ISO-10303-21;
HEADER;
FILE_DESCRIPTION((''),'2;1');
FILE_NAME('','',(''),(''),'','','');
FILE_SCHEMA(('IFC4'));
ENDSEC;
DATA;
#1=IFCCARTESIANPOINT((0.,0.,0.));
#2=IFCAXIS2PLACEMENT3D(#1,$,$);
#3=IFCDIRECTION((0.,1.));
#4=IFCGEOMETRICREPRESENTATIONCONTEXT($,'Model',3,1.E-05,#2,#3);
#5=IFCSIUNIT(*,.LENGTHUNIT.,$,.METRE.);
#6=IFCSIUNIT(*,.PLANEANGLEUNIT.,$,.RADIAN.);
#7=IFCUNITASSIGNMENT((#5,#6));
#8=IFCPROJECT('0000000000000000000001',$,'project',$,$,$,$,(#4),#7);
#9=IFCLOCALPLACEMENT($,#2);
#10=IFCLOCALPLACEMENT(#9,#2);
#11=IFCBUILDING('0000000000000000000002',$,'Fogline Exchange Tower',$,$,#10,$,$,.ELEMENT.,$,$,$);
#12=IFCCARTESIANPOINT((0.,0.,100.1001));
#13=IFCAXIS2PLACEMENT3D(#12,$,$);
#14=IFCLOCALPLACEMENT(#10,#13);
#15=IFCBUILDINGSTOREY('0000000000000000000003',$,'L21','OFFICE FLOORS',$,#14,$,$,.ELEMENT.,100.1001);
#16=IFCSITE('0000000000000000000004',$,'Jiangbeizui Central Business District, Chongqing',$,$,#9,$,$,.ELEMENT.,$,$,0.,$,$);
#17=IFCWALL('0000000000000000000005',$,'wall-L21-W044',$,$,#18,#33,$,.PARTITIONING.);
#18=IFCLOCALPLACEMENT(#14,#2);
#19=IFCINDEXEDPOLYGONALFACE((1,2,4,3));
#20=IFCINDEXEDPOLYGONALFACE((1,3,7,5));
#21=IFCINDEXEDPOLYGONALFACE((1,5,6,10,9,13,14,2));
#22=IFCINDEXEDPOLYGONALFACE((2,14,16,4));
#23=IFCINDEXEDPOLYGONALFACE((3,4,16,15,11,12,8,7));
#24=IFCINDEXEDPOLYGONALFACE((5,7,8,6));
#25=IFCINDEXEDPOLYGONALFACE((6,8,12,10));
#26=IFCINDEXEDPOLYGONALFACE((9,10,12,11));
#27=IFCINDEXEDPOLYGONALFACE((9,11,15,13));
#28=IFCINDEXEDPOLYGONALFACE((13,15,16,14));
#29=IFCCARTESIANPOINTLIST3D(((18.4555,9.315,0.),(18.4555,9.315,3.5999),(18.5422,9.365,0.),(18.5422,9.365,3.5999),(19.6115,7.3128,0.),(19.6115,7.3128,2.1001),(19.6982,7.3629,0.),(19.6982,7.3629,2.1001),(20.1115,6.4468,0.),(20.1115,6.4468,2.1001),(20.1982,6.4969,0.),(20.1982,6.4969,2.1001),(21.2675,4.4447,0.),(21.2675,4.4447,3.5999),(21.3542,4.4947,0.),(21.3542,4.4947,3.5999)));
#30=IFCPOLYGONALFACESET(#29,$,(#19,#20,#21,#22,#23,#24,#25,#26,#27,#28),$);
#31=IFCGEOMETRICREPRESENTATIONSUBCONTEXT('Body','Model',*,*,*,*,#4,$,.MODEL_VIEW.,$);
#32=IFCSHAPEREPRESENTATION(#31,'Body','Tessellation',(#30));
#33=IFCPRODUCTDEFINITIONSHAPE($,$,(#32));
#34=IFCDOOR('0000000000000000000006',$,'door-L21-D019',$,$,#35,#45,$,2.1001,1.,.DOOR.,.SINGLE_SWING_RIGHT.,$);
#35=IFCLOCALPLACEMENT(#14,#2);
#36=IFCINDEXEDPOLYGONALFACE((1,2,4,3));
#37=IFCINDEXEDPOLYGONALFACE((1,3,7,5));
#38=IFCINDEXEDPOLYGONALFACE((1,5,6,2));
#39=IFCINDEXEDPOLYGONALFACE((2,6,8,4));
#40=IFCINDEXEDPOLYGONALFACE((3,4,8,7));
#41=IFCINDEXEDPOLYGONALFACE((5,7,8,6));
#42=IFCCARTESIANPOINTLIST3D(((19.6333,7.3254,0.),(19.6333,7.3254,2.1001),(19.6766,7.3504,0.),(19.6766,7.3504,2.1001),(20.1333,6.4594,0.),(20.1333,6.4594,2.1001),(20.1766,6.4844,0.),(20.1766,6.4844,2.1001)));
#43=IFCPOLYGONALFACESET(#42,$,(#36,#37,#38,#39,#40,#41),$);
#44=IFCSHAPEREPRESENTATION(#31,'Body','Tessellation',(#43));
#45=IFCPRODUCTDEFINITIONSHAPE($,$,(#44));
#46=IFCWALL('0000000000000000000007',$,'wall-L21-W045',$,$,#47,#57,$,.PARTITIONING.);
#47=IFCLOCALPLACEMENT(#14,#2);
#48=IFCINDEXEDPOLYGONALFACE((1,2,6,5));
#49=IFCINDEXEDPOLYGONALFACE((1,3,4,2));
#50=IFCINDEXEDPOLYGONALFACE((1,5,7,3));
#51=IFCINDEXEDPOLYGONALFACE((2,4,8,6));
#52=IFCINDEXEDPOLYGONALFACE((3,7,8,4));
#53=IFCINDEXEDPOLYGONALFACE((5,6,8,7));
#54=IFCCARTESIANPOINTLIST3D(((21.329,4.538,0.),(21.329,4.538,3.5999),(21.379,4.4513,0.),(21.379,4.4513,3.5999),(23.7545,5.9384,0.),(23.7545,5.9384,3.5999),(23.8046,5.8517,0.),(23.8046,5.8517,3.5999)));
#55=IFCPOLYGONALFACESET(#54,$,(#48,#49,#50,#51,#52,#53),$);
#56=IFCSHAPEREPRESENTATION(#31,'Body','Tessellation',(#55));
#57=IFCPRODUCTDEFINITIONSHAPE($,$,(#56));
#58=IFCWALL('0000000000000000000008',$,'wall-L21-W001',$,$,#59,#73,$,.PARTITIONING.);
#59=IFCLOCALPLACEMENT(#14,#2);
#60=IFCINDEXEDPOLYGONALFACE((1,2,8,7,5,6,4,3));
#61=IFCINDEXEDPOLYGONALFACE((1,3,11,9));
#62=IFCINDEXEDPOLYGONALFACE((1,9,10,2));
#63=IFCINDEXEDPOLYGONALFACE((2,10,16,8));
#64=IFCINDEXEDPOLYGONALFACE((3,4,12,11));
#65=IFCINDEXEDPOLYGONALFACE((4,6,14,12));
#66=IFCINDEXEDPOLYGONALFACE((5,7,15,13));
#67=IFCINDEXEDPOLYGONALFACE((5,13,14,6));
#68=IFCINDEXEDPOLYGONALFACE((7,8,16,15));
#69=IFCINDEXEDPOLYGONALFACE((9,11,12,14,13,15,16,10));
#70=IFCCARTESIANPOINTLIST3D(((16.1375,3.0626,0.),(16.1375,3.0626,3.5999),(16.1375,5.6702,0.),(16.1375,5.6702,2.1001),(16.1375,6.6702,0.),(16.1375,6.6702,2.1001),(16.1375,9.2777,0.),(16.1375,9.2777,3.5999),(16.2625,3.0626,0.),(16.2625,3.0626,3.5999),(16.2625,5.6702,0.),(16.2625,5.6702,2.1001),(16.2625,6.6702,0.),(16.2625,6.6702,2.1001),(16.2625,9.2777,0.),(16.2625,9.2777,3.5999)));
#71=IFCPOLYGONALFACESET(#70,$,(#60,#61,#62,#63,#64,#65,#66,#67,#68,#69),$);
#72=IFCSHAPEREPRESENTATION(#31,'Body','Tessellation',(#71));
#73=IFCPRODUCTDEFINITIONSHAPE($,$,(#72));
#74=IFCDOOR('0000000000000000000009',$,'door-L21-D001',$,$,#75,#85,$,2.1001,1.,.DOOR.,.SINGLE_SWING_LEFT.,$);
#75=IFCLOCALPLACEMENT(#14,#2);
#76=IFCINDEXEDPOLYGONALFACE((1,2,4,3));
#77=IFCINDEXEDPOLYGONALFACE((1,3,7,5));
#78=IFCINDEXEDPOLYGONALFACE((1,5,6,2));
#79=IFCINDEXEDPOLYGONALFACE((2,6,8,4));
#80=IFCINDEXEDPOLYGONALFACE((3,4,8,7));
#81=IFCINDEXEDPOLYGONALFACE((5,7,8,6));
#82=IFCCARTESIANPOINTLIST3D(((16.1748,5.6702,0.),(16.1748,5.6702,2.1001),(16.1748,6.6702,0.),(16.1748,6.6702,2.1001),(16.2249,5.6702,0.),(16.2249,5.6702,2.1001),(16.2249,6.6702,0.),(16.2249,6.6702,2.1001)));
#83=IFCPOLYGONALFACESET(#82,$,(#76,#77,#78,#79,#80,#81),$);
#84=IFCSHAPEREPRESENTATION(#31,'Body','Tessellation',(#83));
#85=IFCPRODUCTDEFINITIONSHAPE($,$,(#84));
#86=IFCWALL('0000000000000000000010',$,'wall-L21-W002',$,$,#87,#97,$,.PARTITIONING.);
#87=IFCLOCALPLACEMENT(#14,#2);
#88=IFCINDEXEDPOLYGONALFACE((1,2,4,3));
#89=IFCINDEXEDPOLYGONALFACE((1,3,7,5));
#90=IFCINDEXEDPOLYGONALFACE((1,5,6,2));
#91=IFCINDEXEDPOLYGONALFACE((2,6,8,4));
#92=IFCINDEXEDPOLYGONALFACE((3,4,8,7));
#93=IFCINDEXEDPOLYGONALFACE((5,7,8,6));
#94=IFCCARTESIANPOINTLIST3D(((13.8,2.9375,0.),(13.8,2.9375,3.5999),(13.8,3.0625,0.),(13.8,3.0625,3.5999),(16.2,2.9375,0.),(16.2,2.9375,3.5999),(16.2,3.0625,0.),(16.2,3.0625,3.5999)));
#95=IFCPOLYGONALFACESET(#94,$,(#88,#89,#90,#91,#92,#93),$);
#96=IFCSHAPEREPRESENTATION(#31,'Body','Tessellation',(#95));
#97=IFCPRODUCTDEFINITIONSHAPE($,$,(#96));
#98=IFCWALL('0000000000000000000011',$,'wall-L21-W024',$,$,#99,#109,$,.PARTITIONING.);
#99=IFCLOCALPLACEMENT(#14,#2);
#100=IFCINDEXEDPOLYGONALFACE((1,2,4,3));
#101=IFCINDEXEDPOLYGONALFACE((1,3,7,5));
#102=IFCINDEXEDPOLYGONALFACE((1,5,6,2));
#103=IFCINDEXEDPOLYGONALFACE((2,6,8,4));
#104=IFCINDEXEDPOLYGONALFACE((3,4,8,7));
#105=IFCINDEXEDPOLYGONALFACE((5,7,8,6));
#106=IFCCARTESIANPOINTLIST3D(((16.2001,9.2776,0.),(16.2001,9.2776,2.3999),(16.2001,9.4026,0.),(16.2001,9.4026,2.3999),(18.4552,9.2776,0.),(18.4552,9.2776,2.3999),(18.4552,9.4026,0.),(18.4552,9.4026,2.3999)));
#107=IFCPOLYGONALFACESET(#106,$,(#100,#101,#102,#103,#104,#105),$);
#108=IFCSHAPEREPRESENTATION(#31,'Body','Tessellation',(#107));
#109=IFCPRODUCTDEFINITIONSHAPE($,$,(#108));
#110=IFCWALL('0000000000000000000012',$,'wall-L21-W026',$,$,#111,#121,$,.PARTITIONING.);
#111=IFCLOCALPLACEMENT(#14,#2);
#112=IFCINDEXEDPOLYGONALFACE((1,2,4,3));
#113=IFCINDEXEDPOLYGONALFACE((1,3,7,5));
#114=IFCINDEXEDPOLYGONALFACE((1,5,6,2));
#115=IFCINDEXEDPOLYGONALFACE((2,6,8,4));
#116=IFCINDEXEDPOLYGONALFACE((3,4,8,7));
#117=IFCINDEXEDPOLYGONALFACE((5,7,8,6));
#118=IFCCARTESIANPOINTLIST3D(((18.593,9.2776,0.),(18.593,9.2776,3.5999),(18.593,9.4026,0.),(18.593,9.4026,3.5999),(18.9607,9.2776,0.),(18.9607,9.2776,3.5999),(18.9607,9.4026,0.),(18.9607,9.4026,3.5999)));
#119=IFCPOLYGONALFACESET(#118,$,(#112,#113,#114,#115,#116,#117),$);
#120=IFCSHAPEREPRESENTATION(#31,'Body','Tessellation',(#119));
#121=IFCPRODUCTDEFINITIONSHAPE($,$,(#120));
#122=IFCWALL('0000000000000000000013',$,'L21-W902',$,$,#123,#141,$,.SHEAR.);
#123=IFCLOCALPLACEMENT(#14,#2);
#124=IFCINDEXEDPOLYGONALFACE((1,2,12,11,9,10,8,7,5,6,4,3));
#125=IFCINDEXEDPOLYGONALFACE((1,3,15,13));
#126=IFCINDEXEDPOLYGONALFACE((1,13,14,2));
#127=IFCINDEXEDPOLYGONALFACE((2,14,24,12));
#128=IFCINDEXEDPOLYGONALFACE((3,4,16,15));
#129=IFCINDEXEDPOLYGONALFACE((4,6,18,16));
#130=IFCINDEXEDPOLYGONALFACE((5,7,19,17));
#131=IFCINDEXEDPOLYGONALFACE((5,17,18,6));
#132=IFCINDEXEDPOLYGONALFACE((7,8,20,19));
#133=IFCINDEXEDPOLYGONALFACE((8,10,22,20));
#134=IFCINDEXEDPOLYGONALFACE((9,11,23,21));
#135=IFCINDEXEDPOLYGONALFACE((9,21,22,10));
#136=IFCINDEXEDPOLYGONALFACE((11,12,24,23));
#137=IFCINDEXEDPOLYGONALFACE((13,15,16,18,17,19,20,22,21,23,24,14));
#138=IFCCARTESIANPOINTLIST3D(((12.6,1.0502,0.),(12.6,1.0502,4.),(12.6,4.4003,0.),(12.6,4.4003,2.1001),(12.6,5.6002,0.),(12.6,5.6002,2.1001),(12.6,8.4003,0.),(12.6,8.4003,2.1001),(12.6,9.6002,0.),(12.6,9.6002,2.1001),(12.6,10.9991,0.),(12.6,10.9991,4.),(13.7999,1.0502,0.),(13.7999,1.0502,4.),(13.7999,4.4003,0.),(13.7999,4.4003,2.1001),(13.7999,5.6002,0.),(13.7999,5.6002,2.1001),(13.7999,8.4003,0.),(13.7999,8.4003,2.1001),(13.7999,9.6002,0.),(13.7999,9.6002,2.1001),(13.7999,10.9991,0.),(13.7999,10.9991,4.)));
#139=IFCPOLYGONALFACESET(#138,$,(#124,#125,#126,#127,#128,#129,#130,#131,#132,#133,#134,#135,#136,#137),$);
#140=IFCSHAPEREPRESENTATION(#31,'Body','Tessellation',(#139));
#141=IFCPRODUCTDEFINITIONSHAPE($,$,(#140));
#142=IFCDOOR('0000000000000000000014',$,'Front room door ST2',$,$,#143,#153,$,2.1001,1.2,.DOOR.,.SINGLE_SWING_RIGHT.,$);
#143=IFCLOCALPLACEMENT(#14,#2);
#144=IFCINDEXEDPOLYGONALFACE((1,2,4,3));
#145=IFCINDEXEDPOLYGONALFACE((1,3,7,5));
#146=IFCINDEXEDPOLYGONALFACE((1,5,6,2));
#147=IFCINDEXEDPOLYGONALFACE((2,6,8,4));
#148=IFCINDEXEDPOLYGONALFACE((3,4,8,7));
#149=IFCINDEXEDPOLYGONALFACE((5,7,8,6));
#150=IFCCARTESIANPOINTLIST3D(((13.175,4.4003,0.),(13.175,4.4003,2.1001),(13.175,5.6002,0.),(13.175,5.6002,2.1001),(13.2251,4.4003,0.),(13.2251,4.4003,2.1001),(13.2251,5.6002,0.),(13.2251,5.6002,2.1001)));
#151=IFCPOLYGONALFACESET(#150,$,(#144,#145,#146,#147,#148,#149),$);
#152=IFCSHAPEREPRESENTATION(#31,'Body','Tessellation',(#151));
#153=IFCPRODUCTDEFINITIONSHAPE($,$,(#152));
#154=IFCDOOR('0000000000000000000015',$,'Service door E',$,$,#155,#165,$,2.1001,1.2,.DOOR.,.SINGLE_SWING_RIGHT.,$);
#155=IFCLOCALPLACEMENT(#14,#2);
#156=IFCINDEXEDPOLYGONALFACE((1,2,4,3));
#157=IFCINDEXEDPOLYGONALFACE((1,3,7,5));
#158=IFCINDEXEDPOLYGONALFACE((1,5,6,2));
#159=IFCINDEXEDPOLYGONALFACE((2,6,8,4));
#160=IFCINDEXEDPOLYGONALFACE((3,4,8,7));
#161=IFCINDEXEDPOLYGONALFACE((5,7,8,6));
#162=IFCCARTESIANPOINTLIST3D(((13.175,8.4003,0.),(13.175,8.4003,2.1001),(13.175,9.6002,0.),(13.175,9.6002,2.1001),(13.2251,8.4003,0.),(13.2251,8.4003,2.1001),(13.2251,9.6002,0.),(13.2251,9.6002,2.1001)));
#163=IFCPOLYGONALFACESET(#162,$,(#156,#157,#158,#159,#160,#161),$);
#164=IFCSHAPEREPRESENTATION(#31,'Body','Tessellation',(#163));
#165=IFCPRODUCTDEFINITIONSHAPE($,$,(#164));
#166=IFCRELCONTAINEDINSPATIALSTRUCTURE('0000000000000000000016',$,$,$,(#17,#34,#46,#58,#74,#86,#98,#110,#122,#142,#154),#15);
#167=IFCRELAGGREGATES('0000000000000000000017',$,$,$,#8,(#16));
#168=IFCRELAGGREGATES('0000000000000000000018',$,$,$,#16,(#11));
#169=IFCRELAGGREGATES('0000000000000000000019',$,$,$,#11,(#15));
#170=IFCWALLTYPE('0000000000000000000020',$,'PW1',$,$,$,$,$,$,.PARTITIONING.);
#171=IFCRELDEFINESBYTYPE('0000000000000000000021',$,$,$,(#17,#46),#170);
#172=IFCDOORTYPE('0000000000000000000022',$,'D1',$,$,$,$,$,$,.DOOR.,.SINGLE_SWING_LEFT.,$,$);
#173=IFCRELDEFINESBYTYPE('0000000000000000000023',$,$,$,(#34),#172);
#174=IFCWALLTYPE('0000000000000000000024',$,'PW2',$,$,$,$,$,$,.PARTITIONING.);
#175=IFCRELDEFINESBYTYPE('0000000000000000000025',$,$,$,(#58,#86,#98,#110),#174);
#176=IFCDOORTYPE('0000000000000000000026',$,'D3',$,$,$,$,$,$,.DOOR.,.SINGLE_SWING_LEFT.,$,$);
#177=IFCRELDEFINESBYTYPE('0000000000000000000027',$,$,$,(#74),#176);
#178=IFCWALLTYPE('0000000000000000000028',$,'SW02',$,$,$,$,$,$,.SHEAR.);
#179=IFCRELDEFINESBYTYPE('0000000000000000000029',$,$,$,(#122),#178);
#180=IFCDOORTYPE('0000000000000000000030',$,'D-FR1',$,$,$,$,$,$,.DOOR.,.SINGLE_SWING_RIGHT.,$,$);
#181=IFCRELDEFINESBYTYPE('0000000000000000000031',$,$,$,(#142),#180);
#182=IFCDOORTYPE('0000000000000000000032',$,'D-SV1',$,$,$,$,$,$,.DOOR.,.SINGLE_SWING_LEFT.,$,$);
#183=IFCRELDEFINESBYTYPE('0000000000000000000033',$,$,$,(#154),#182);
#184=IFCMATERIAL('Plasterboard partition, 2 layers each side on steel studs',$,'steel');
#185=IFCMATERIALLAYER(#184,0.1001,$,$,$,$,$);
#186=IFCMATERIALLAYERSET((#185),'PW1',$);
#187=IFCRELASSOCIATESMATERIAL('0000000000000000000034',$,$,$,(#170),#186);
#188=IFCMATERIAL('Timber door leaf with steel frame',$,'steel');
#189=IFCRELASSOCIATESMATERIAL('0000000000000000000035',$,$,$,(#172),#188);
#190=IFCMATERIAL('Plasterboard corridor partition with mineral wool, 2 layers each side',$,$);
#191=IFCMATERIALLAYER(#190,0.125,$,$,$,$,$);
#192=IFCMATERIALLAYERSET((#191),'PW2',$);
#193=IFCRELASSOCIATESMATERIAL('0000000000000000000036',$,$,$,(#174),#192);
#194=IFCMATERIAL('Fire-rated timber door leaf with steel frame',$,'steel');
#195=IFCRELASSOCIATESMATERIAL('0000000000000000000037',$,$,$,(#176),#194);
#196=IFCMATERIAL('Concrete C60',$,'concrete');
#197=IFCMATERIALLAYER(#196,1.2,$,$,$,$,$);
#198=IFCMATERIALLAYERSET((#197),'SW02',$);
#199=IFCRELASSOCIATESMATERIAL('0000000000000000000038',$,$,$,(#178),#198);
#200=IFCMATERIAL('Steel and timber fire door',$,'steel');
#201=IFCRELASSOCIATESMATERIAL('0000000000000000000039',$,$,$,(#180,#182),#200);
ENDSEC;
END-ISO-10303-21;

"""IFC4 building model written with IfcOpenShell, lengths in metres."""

from ifc_helpers import new_model, si_unit, direction, frame, frame_2d, origin, place, context, subcontext, project, spatial, rectangle, extrude, material, layer, layer_set, type_object, element, fill, save


model = new_model("IFC4")

# Units and contexts
model_context = context("Model", 3, precision=1e-05, world=origin(), true_north=direction((0.0, 1.0)))
body_context = subcontext(model_context, "Body", "Model", "MODEL_VIEW")
ifc_project = project(units=[si_unit("LENGTHUNIT", "METRE"), si_unit("PLANEANGLEUNIT", "RADIAN")], contexts=[model_context])

# Site, building, storey
site_placement = place(None, origin())
site = spatial("IfcSite", under=ifc_project, at=site_placement, Name="Jiangbeizui Central Business District, Chongqing", CompositionType="ELEMENT", RefElevation=0.0)
building_placement = place(site_placement, origin())
building = spatial("IfcBuilding", under=site, at=building_placement, Name="Fogline Exchange Tower", CompositionType="ELEMENT")
storey_placement = place(building_placement, frame((0.0, 0.0, 100.1001)))
storey = spatial("IfcBuildingStorey", under=building, at=storey_placement, Name="L21", Description="OFFICE FLOORS", CompositionType="ELEMENT", Elevation=100.1001)

# Shared definitions
ifc_material_1 = material(Name="Steel and timber fire door", Category="steel")

# Wall, opening, door
ifc_material_2 = material(Name="Plasterboard partition, 2 layers each side on steel studs", Category="steel")
ifc_layer_1 = layer(ifc_material_2, 0.1001)
ifc_layer_set_1 = layer_set([ifc_layer_1], Name="PW1")
wall_type_1 = type_object("IfcWallType", Name="PW1", PredefinedType="PARTITIONING", material=ifc_layer_set_1)
wall_1_placement = place(storey_placement, frame((18.4988, 9.3401, 0.0), z_axis=(0.0, 0.0, 1.0), x_axis=(0.500014, -0.866017, 0.0)))
wall_1 = element("IfcWall", 1, at=wall_1_placement, inside=storey, type_object=wall_type_1, Name="wall-L21-W044", PredefinedType="PARTITIONING", context=body_context, shape_type="SweptSolid", body=[
    extrude(rectangle(XDim=5.6238, YDim=0.1001, at=frame_2d((2.812, 0.0))), origin(), (0.0, 0.0, 1.0), 3.5999),
])
opening_1_placement = place(wall_1_placement, frame((2.312, 0.0, 0.0)))
opening_1 = element("IfcOpeningElement", 2, at=opening_1_placement, cuts=wall_1, PredefinedType="OPENING", context=body_context, shape_type="SweptSolid", body=[
    extrude(rectangle(XDim=1.0, YDim=2.1001, at=frame_2d((0.5, 1.05))), frame((0.0, 0.0601, 0.0), z_axis=(0.0, -1.0, 0.0), x_axis=(1.0, 0.0, 0.0)), (0.0, 0.0, 1.0), 0.1201),
])
ifc_material_3 = material(Name="Timber door leaf with steel frame", Category="steel")
door_type_1 = type_object("IfcDoorType", Name="D1", OperationType="SINGLE_SWING_LEFT", PredefinedType="DOOR", material=ifc_material_3)
door_1_placement = place(opening_1_placement, frame((1.0, 0.0, 0.0), z_axis=(0.0, 0.0, 1.0), x_axis=(-1.0, 0.0, 0.0)))
door_1 = element("IfcDoor", 3, at=door_1_placement, inside=storey, type_object=door_type_1, Name="door-L21-D019", OperationType="SINGLE_SWING_RIGHT", OverallHeight=2.1001, OverallWidth=1.0, PredefinedType="DOOR", context=body_context, shape_type="SweptSolid", body=[
    extrude(rectangle(XDim=1.0, YDim=2.1001, at=frame_2d((0.5, 1.05))), frame((0.0, 0.0249, 0.0), z_axis=(0.0, -1.0, 0.0), x_axis=(1.0, 0.0, 0.0)), (0.0, 0.0, 1.0), 0.05),
])
fill(opening_1, door_1)

# Wall
wall_2_placement = place(storey_placement, frame((21.354, 4.4946, 0.0), z_axis=(0.0, 0.0, 1.0), x_axis=(0.866024, 0.500002, 0.0)))
element("IfcWall", 4, at=wall_2_placement, inside=storey, type_object=wall_type_1, Name="wall-L21-W045", PredefinedType="PARTITIONING", context=body_context, shape_type="SweptSolid", body=[
    extrude(rectangle(XDim=2.8008, YDim=0.1001, at=frame_2d((1.4004, 0.0))), origin(), (0.0, 0.0, 1.0), 3.5999),
])

# Wall, opening, door
ifc_material_4 = material(Name="Plasterboard corridor partition with mineral wool, 2 layers each side")
ifc_layer_2 = layer(ifc_material_4, 0.125)
ifc_layer_set_2 = layer_set([ifc_layer_2], Name="PW2")
wall_type_2 = type_object("IfcWallType", Name="PW2", PredefinedType="PARTITIONING", material=ifc_layer_set_2)
wall_3_placement = place(storey_placement, frame((16.2, 9.2776, 0.0), z_axis=(0.0, 0.0, 1.0), x_axis=(0.0, -1.0, 0.0)))
wall_3 = element("IfcWall", 5, at=wall_3_placement, inside=storey, type_object=wall_type_2, Name="wall-L21-W001", PredefinedType="PARTITIONING", context=body_context, shape_type="SweptSolid", body=[
    extrude(rectangle(XDim=6.2151, YDim=0.125, at=frame_2d((3.1074, 0.0))), origin(), (0.0, 0.0, 1.0), 3.5999),
])
opening_2_placement = place(wall_3_placement, frame((2.6074, 0.0, 0.0)))
opening_2 = element("IfcOpeningElement", 6, at=opening_2_placement, cuts=wall_3, PredefinedType="OPENING", context=body_context, shape_type="SweptSolid", body=[
    extrude(rectangle(XDim=1.0, YDim=2.1001, at=frame_2d((0.5, 1.05))), frame((0.0, 0.0725, 0.0), z_axis=(0.0, -1.0, 0.0), x_axis=(1.0, 0.0, 0.0)), (0.0, 0.0, 1.0), 0.145),
])
ifc_material_5 = material(Name="Fire-rated timber door leaf with steel frame", Category="steel")
door_type_2 = type_object("IfcDoorType", Name="D3", OperationType="SINGLE_SWING_LEFT", PredefinedType="DOOR", material=ifc_material_5)
door_2_placement = place(opening_2_placement, origin())
door_2 = element("IfcDoor", 7, at=door_2_placement, inside=storey, type_object=door_type_2, Name="door-L21-D001", OperationType="SINGLE_SWING_LEFT", OverallHeight=2.1001, OverallWidth=1.0, PredefinedType="DOOR", context=body_context, shape_type="SweptSolid", body=[
    extrude(rectangle(XDim=1.0, YDim=2.1001, at=frame_2d((0.5, 1.05))), frame((0.0, 0.0249, 0.0), z_axis=(0.0, -1.0, 0.0), x_axis=(1.0, 0.0, 0.0)), (0.0, 0.0, 1.0), 0.05),
])
fill(opening_2, door_2)

# Walls
wall_4_placement = place(storey_placement, frame((16.2, 3.0, 0.0), z_axis=(0.0, 0.0, 1.0), x_axis=(-1.0, 0.0, 0.0)))
element("IfcWall", 8, at=wall_4_placement, inside=storey, type_object=wall_type_2, Name="wall-L21-W002", PredefinedType="PARTITIONING", context=body_context, shape_type="SweptSolid", body=[
    extrude(rectangle(XDim=2.3999, YDim=0.125, at=frame_2d((1.2, 0.0))), origin(), (0.0, 0.0, 1.0), 3.5999),
])
wall_5_placement = place(storey_placement, frame((18.4551, 9.3401, 0.0), z_axis=(0.0, 0.0, 1.0), x_axis=(-1.0, 0.0, 0.0)))
element("IfcWall", 9, at=wall_5_placement, inside=storey, type_object=wall_type_2, Name="wall-L21-W024", PredefinedType="PARTITIONING", context=body_context, shape_type="SweptSolid", body=[
    extrude(rectangle(XDim=2.2551, YDim=0.125, at=frame_2d((1.1274, 0.0))), origin(), (0.0, 0.0, 1.0), 2.3999),
])
wall_6_placement = place(storey_placement, frame((18.9607, 9.3401, 0.0), z_axis=(0.0, 0.0, 1.0), x_axis=(-1.0, 0.0, 0.0)))
element("IfcWall", 10, at=wall_6_placement, inside=storey, type_object=wall_type_2, Name="wall-L21-W026", PredefinedType="PARTITIONING", context=body_context, shape_type="SweptSolid", body=[
    extrude(rectangle(XDim=0.3677, YDim=0.125, at=frame_2d((0.1838, 0.0))), origin(), (0.0, 0.0, 1.0), 3.5999),
])

# Wall, openings, doors
ifc_material_6 = material(Name="Concrete C60", Category="concrete")
ifc_layer_3 = layer(ifc_material_6, 1.2)
ifc_layer_set_3 = layer_set([ifc_layer_3], Name="SW02")
wall_type_3 = type_object("IfcWallType", Name="SW02", PredefinedType="SHEAR", material=ifc_layer_set_3)
wall_7_placement = place(storey_placement, frame((13.2, 1.05, 0.0), z_axis=(0.0, 0.0, 1.0), x_axis=(0.0, 1.0, 0.0)))
wall_7 = element("IfcWall", 11, at=wall_7_placement, inside=storey, type_object=wall_type_3, Name="L21-W902", PredefinedType="SHEAR", context=body_context, shape_type="SweptSolid", body=[
    extrude(rectangle(XDim=9.949, YDim=1.2, at=frame_2d((4.9746, 0.0))), origin(), (0.0, 0.0, 1.0), 4.0),
])
opening_3_placement = place(wall_7_placement, frame((3.3501, 0.0, 0.0)))
opening_3 = element("IfcOpeningElement", 12, at=opening_3_placement, cuts=wall_7, PredefinedType="OPENING", context=body_context, shape_type="SweptSolid", body=[
    extrude(rectangle(XDim=1.2, YDim=2.1001, at=frame_2d((0.6001, 1.05))), frame((0.0, 0.6099, 0.0), z_axis=(0.0, -1.0, 0.0), x_axis=(1.0, 0.0, 0.0)), (0.0, 0.0, 1.0), 1.22),
])
opening_4_placement = place(wall_7_placement, frame((7.3501, 0.0, 0.0)))
opening_4 = element("IfcOpeningElement", 13, at=opening_4_placement, cuts=wall_7, PredefinedType="OPENING", context=body_context, shape_type="SweptSolid", body=[
    extrude(rectangle(XDim=1.2, YDim=2.1001, at=frame_2d((0.6001, 1.05))), frame((0.0, 0.6099, 0.0), z_axis=(0.0, -1.0, 0.0), x_axis=(1.0, 0.0, 0.0)), (0.0, 0.0, 1.0), 1.22),
])
door_type_3 = type_object("IfcDoorType", Name="D-FR1", OperationType="SINGLE_SWING_RIGHT", PredefinedType="DOOR", material=ifc_material_1)
door_3_placement = place(opening_3_placement, origin())
door_3 = element("IfcDoor", 14, at=door_3_placement, inside=storey, type_object=door_type_3, Name="Front room door ST2", OperationType="SINGLE_SWING_RIGHT", OverallHeight=2.1001, OverallWidth=1.2, PredefinedType="DOOR", context=body_context, shape_type="SweptSolid", body=[
    extrude(rectangle(XDim=1.2, YDim=2.1001, at=frame_2d((0.6001, 1.05))), frame((0.0, 0.0249, 0.0), z_axis=(0.0, -1.0, 0.0), x_axis=(1.0, 0.0, 0.0)), (0.0, 0.0, 1.0), 0.05),
])
fill(opening_3, door_3)
door_type_4 = type_object("IfcDoorType", Name="D-SV1", OperationType="SINGLE_SWING_LEFT", PredefinedType="DOOR", material=ifc_material_1)
door_4_placement = place(opening_4_placement, origin())
door_4 = element("IfcDoor", 15, at=door_4_placement, inside=storey, type_object=door_type_4, Name="Service door E", OperationType="SINGLE_SWING_RIGHT", OverallHeight=2.1001, OverallWidth=1.2, PredefinedType="DOOR", context=body_context, shape_type="SweptSolid", body=[
    extrude(rectangle(XDim=1.2, YDim=2.1001, at=frame_2d((0.6001, 1.05))), frame((0.0, 0.0249, 0.0), z_axis=(0.0, -1.0, 0.0), x_axis=(1.0, 0.0, 0.0)), (0.0, 0.0, 1.0), 0.05),
])
fill(opening_4, door_4)

save(model, "model.ifc")
